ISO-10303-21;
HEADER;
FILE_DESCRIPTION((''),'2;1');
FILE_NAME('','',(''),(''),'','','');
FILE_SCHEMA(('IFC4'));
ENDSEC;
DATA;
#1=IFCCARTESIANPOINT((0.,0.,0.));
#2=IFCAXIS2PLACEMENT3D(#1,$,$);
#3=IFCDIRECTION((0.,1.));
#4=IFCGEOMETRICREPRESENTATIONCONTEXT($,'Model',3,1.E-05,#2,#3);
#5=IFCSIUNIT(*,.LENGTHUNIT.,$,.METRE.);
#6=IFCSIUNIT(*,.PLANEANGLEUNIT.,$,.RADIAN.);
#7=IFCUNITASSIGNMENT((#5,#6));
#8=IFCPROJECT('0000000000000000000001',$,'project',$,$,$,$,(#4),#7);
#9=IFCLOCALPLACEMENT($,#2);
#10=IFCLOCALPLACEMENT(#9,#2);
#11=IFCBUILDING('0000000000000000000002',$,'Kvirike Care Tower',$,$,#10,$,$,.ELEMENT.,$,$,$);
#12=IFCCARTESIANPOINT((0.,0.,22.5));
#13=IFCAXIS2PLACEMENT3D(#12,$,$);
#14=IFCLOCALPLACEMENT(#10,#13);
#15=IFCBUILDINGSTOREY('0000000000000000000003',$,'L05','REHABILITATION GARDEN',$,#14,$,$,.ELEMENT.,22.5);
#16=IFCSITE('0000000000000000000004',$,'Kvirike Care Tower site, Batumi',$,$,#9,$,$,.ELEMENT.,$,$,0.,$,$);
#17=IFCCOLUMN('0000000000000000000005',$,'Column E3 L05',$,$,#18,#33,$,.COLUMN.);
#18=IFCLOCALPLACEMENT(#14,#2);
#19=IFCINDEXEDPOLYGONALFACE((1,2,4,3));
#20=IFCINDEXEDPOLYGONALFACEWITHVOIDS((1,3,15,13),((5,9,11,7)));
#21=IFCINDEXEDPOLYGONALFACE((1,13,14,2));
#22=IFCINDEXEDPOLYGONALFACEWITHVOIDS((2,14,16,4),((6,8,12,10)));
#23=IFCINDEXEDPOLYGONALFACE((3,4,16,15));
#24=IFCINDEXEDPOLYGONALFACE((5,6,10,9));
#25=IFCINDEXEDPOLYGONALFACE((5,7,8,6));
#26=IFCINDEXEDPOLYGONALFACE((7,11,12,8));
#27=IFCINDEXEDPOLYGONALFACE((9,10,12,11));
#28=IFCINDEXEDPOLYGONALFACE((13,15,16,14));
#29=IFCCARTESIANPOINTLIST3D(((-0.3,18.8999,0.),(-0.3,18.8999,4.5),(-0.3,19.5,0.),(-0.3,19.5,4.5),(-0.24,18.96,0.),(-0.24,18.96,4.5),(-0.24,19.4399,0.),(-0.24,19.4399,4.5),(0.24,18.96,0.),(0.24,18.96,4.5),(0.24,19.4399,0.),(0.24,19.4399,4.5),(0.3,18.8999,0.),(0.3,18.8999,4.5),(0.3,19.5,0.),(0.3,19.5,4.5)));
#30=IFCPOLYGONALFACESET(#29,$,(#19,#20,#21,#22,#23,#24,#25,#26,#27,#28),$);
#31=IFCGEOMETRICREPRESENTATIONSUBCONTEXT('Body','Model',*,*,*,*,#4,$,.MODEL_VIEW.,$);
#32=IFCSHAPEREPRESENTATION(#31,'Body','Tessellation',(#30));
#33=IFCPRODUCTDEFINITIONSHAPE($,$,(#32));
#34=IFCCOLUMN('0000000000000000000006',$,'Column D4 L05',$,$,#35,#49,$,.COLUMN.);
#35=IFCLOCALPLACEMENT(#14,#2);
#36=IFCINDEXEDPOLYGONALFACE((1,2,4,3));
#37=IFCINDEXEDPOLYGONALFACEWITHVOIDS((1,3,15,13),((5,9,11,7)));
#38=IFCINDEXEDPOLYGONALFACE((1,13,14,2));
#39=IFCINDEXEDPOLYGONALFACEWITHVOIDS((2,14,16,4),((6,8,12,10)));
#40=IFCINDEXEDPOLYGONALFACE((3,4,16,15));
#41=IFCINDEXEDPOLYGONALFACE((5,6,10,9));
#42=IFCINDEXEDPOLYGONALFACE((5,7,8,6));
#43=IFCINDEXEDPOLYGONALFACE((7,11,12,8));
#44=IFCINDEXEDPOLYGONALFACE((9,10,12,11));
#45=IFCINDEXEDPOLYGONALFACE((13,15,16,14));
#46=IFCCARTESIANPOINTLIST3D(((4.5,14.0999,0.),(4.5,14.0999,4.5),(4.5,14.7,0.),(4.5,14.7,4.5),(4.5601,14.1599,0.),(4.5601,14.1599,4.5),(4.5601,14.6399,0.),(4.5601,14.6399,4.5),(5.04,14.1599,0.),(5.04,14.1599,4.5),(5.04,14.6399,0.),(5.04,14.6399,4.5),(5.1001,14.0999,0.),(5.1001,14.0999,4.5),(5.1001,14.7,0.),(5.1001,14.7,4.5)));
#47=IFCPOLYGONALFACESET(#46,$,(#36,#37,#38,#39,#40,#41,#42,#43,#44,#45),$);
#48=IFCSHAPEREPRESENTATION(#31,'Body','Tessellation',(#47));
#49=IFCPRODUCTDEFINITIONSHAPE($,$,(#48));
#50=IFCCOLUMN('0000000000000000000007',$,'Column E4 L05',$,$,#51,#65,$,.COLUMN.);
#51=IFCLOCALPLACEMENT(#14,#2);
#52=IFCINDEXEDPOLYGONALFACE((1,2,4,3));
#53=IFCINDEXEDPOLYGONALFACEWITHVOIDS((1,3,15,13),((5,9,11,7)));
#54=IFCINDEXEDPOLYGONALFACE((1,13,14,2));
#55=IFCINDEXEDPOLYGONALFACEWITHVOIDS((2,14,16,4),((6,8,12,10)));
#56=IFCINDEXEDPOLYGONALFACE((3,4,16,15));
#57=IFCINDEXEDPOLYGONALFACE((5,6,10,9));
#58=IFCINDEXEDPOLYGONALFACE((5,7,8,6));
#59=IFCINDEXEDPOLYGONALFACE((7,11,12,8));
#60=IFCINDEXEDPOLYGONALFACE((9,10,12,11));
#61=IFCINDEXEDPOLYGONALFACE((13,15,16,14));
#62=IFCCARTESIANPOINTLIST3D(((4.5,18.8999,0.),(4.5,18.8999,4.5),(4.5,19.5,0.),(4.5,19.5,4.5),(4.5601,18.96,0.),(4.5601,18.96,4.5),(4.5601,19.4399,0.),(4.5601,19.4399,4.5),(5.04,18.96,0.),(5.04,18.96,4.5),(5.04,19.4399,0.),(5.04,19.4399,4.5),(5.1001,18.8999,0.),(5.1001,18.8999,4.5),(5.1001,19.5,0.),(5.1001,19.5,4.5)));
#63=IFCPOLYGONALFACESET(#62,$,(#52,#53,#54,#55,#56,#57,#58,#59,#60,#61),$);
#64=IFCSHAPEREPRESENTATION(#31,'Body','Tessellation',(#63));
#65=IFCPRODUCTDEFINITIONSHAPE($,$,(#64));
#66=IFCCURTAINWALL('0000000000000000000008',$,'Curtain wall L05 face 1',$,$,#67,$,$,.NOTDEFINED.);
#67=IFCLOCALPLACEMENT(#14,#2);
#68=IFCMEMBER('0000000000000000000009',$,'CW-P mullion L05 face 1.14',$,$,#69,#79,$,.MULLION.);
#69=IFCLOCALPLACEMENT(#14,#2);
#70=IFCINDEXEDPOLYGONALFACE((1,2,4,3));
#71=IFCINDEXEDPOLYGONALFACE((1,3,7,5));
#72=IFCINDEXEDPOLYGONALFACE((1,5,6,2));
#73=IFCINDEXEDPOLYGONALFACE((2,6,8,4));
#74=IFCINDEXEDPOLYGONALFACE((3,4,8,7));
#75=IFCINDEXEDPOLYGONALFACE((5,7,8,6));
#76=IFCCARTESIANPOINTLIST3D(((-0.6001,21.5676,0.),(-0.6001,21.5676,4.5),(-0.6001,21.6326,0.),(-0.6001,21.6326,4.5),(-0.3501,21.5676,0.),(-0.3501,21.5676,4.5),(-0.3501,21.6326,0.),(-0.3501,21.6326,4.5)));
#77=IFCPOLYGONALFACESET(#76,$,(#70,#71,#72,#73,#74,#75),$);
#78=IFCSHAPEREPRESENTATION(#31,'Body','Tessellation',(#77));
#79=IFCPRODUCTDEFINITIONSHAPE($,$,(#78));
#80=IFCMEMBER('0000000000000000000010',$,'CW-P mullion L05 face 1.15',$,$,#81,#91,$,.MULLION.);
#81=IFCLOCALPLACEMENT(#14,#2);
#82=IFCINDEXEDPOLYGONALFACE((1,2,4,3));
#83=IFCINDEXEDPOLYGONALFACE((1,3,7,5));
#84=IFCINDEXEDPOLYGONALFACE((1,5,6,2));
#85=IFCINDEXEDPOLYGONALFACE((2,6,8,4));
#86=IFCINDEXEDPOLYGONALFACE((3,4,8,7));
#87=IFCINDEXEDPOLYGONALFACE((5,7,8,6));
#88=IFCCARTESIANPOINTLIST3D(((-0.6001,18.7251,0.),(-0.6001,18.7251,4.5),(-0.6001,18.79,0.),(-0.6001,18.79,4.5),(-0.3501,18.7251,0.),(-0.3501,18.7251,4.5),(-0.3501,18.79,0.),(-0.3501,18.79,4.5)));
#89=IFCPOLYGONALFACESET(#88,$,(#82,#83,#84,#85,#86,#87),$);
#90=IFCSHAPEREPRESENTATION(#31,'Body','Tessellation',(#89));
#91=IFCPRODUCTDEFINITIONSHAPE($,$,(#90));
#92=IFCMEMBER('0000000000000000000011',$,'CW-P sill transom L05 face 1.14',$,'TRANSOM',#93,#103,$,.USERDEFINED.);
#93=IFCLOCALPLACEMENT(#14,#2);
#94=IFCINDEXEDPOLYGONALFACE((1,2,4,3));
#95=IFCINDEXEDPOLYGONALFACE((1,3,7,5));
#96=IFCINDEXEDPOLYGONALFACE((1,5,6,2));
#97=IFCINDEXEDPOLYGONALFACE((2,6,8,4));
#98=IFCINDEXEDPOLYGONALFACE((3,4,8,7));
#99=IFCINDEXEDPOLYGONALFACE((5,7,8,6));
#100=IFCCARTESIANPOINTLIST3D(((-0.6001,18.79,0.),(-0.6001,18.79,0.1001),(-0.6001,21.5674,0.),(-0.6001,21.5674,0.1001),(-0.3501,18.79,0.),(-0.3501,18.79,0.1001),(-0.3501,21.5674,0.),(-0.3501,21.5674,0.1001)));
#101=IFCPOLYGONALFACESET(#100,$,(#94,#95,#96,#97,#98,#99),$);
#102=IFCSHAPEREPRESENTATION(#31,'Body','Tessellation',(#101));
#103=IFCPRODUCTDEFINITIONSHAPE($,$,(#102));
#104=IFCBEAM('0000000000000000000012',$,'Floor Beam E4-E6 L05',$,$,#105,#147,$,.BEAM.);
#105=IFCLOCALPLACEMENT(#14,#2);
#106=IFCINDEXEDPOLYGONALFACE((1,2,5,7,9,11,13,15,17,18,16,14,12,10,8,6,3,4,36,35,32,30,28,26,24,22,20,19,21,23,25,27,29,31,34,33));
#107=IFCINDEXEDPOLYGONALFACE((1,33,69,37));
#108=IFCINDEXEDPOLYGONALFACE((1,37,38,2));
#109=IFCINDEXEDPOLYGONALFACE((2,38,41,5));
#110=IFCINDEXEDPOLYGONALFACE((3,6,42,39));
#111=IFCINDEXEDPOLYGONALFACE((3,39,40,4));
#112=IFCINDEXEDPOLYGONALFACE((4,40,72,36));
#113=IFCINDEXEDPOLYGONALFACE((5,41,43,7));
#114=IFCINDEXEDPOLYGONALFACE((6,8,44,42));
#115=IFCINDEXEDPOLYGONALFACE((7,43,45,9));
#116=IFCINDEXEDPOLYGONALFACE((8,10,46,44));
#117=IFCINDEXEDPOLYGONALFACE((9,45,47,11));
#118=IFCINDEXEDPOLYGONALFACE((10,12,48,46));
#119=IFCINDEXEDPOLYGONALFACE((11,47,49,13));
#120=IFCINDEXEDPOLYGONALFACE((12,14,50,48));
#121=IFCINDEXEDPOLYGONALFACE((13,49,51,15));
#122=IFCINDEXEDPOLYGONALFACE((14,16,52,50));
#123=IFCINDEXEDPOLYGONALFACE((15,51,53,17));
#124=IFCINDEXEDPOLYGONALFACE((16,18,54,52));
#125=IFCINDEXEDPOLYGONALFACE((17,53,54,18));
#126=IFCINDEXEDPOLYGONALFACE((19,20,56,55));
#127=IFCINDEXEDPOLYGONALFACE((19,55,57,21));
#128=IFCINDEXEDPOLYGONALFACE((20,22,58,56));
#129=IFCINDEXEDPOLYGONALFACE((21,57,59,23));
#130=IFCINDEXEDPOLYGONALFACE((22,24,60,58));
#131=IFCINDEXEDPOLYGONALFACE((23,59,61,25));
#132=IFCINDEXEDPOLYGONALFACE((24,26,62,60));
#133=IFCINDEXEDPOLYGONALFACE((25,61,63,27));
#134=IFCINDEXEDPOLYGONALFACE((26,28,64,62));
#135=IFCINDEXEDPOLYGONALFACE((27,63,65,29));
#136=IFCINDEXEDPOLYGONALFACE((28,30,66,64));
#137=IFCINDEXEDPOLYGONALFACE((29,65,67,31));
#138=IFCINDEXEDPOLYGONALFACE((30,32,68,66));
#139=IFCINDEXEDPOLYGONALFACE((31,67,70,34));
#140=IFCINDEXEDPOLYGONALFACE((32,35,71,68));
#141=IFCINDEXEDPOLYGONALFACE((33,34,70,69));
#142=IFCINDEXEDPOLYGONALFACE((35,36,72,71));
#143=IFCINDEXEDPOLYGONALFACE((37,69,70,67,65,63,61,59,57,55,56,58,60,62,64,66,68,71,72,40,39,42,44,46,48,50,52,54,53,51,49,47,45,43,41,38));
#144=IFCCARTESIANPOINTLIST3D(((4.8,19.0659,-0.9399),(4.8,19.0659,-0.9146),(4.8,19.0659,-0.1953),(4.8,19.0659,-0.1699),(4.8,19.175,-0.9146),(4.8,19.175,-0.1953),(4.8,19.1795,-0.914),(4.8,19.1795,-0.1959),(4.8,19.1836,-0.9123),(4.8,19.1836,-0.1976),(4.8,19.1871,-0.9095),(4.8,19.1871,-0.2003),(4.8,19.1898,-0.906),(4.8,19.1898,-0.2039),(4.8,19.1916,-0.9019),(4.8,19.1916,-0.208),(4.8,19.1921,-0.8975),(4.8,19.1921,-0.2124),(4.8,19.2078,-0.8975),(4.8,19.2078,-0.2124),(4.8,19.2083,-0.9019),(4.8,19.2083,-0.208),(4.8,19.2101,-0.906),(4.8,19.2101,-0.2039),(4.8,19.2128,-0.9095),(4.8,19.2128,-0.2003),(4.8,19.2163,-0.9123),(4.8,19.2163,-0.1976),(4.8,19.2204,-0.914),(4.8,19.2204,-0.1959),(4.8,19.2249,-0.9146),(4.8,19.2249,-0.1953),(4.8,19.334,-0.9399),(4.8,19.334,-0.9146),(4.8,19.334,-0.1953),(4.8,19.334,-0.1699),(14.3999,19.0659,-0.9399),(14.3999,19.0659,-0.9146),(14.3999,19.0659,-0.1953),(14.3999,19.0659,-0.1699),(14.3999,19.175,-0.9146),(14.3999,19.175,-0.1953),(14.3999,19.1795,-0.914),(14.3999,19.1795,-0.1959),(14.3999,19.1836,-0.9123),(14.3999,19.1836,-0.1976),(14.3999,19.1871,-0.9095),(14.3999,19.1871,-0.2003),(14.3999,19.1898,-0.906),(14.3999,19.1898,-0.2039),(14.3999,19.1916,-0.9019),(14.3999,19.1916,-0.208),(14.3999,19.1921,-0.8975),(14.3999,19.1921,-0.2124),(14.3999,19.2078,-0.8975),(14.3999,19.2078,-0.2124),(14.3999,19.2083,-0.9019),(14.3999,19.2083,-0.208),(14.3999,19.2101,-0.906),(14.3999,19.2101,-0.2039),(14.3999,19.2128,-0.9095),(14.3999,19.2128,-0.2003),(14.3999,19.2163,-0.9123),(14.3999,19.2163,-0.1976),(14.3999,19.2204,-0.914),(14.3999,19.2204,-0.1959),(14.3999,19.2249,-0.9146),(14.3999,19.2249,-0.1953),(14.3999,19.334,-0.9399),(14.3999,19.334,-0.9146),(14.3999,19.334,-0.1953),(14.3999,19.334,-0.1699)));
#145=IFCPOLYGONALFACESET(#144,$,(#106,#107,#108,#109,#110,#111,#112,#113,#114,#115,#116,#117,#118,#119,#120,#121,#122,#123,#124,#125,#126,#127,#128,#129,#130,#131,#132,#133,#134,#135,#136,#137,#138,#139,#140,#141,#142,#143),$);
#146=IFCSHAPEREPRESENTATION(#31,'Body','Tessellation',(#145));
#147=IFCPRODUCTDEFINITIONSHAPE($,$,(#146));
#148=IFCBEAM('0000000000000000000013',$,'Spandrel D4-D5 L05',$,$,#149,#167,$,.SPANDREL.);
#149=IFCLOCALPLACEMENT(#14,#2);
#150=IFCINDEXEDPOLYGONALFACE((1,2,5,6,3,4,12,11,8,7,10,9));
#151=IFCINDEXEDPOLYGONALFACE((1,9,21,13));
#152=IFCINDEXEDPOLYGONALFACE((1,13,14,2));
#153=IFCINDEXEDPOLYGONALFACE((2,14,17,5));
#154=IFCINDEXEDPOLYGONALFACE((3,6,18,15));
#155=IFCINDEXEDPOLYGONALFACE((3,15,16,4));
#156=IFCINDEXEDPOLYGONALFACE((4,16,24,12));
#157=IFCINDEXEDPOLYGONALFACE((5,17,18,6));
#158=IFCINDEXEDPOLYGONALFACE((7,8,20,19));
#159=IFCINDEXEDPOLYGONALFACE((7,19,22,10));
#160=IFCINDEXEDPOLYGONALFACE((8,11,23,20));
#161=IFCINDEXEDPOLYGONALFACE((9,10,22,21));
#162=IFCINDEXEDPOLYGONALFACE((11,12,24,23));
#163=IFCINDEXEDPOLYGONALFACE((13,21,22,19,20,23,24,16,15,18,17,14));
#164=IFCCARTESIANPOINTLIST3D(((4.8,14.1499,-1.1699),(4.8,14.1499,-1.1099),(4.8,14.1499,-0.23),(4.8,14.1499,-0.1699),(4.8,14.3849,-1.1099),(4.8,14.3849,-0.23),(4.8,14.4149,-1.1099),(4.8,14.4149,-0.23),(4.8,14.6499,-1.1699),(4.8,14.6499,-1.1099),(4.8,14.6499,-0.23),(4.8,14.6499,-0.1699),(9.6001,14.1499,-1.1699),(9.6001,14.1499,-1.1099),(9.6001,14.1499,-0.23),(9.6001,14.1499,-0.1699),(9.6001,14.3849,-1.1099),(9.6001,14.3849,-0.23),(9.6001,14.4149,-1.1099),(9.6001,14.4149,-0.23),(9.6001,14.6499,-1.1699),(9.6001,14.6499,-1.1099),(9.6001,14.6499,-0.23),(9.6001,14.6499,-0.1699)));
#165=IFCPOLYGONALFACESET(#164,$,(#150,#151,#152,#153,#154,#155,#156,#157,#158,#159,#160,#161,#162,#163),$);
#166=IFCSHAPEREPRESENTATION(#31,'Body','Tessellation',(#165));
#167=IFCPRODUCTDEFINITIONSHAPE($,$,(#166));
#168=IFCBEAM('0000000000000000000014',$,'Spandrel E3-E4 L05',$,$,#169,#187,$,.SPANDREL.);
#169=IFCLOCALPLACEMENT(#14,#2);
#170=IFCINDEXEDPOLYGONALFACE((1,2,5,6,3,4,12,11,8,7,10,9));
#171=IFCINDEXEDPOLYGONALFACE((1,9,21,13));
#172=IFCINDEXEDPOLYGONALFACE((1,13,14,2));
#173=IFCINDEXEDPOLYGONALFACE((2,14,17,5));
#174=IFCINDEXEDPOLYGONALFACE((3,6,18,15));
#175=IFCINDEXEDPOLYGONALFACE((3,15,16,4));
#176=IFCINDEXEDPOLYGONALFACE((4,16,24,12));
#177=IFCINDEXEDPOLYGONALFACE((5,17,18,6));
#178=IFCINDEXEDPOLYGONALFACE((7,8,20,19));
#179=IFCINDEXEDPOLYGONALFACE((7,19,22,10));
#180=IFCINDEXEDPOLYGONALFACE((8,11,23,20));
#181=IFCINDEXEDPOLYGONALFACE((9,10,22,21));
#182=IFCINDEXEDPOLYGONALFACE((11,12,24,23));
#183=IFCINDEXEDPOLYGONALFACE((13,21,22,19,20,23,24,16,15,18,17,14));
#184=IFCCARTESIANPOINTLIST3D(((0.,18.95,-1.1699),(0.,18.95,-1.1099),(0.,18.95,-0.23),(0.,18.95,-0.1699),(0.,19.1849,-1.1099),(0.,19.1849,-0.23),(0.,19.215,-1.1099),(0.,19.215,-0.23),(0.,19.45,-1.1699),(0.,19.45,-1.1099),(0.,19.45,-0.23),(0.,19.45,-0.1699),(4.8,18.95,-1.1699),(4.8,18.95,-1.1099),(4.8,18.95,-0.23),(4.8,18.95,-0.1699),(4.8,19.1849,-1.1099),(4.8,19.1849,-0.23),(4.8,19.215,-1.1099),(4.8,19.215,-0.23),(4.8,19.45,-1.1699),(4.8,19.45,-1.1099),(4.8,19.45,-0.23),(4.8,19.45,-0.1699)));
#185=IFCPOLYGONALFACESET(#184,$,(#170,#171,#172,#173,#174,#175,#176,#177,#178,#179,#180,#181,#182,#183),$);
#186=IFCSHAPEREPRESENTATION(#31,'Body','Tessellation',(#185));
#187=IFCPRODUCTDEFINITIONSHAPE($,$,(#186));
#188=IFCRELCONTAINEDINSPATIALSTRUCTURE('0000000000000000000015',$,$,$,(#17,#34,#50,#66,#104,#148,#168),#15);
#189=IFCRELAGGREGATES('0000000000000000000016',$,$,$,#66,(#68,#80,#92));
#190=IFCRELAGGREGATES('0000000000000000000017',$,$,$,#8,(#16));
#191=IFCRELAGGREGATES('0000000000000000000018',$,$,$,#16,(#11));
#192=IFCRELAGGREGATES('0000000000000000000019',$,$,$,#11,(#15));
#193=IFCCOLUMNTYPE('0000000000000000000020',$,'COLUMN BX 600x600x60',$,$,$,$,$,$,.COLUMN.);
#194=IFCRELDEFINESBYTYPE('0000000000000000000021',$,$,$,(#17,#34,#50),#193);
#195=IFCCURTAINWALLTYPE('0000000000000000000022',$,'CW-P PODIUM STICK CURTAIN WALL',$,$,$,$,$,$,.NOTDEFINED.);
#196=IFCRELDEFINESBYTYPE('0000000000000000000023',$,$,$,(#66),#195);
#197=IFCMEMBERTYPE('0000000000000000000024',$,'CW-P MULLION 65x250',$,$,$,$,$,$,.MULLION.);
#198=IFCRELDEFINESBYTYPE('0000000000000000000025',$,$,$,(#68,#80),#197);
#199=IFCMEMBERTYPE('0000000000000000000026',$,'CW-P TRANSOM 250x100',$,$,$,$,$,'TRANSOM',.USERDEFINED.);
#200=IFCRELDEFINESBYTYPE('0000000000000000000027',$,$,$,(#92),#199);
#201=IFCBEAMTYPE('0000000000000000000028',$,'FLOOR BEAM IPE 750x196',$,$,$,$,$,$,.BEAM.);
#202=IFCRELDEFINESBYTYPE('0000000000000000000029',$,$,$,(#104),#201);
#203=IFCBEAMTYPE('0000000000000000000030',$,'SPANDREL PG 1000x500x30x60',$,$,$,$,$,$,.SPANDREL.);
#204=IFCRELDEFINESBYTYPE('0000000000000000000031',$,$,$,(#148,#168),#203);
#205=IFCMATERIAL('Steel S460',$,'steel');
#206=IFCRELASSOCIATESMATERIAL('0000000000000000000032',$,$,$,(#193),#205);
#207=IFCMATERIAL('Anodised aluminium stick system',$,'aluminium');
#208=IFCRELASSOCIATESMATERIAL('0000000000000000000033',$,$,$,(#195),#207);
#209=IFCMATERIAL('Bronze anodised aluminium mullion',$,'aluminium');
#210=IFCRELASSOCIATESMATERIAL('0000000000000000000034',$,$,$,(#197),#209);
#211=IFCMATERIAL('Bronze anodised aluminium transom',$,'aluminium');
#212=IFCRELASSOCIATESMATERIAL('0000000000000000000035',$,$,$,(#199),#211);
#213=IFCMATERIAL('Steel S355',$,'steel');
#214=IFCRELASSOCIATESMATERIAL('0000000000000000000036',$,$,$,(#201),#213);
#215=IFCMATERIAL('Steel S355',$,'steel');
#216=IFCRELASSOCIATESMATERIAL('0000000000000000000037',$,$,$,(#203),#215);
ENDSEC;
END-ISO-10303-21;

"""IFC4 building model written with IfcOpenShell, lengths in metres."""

from ifc_helpers import new_model, si_unit, direction, frame, origin, origin_2d, place, context, subcontext, project, spatial, rectangle, hollow_rectangle, i_section, extrude, material, material_profile, profile_set, type_object, element, aggregate, save


model = new_model("IFC4")

# Units and contexts
model_context = context("Model", 3, precision=1e-05, world=origin(), true_north=direction((0.0, 1.0)))
body_context = subcontext(model_context, "Body", "Model", "MODEL_VIEW")
ifc_project = project(units=[si_unit("LENGTHUNIT", "METRE"), si_unit("PLANEANGLEUNIT", "RADIAN")], contexts=[model_context])

# Site, building, storey
site_placement = place(None, origin())
site = spatial("IfcSite", under=ifc_project, at=site_placement, Name="Kvirike Care Tower site, Batumi", CompositionType="ELEMENT", RefElevation=0.0)
building_placement = place(site_placement, origin())
building = spatial("IfcBuilding", under=site, at=building_placement, Name="Kvirike Care Tower", CompositionType="ELEMENT")
storey_placement = place(building_placement, frame((0.0, 0.0, 22.5)))
storey = spatial("IfcBuildingStorey", under=building, at=storey_placement, Name="L05", Description="REHABILITATION GARDEN", CompositionType="ELEMENT", Elevation=22.5)

# Columns
ifc_material_1 = material(Name="Steel S460", Category="steel")
ifc_material_profile_1 = material_profile(ifc_material_1, hollow_rectangle(XDim=0.6001, YDim=0.6001, WallThickness=0.0601, at=origin_2d()), Name="BX 600x600x60")
ifc_profile_set_1 = profile_set([ifc_material_profile_1], Name="Steel S460")
column_type = type_object("IfcColumnType", Name="COLUMN BX 600x600x60", PredefinedType="COLUMN", material=ifc_profile_set_1)
for number, where, z_axis, x_axis, name in (
    (1, (0.0, 19.2, 0.0), (0.0, 0.0, 1.0), (0.0, 1.0, 0.0), "Column E3 L05"),
    (2, (4.8, 14.3999, 0.0), (0.0, 0.0, 1.0), (0.0, 1.0, 0.0), "Column D4 L05"),
    (3, (4.8, 19.2, 0.0), (0.0, 0.0, 1.0), (0.0, 1.0, 0.0), "Column E4 L05"),
):
    element("IfcColumn", number, at=place(storey_placement, frame(where, z_axis=z_axis, x_axis=x_axis)), inside=storey, type_object=column_type, Name=name, PredefinedType="COLUMN", context=body_context, shape_type="SweptSolid", body=[
        extrude(hollow_rectangle(XDim=0.6001, YDim=0.6001, WallThickness=0.0601, at=origin_2d()), origin(), (0.0, 0.0, 1.0), 4.5),
    ])

# Curtain wall, members
ifc_material_2 = material(Name="Anodised aluminium stick system", Category="aluminium")
curtain_wall_type = type_object("IfcCurtainWallType", Name="CW-P PODIUM STICK CURTAIN WALL", PredefinedType="NOTDEFINED", material=ifc_material_2)
curtain_wall_placement = place(storey_placement, origin())
curtain_wall = element("IfcCurtainWall", 4, at=curtain_wall_placement, inside=storey, type_object=curtain_wall_type, Name="Curtain wall L05 face 1", PredefinedType="NOTDEFINED")
ifc_material_3 = material(Name="Bronze anodised aluminium mullion", Category="aluminium")
ifc_material_profile_2 = material_profile(ifc_material_3, rectangle(XDim=0.0649, YDim=0.25, at=origin_2d()), Name="CW-P MULLION 65x250")
ifc_profile_set_2 = profile_set([ifc_material_profile_2], Name="Bronze anodised aluminium mullion")
member_type_1 = type_object("IfcMemberType", Name="CW-P MULLION 65x250", PredefinedType="MULLION", material=ifc_profile_set_2)
member_1_placement = place(storey_placement, frame((-0.4751, 21.6001, 0.0), z_axis=(0.0, 0.0, 1.0), x_axis=(0.0, -1.0, 0.0)))
member_1 = element("IfcMember", 5, at=member_1_placement, type_object=member_type_1, Name="CW-P mullion L05 face 1.14", PredefinedType="MULLION", context=body_context, shape_type="SweptSolid", body=[
    extrude(rectangle(XDim=0.0649, YDim=0.25, at=origin_2d()), origin(), (0.0, 0.0, 1.0), 4.5),
])
member_2_placement = place(storey_placement, frame((-0.4751, 18.7576, 0.0), z_axis=(0.0, 0.0, 1.0), x_axis=(0.0, -1.0, 0.0)))
member_2 = element("IfcMember", 6, at=member_2_placement, type_object=member_type_1, Name="CW-P mullion L05 face 1.15", PredefinedType="MULLION", context=body_context, shape_type="SweptSolid", body=[
    extrude(rectangle(XDim=0.0649, YDim=0.25, at=origin_2d()), origin(), (0.0, 0.0, 1.0), 4.5),
])
ifc_material_4 = material(Name="Bronze anodised aluminium transom", Category="aluminium")
ifc_material_profile_3 = material_profile(ifc_material_4, rectangle(XDim=0.25, YDim=0.1001, at=origin_2d()), Name="CW-P TRANSOM 250x100")
ifc_profile_set_3 = profile_set([ifc_material_profile_3], Name="Bronze anodised aluminium transom")
member_type_2 = type_object("IfcMemberType", Name="CW-P TRANSOM 250x100", ElementType="TRANSOM", PredefinedType="USERDEFINED", material=ifc_profile_set_3)
member_3_placement = place(storey_placement, frame((-0.4751, 21.5674, 0.05), z_axis=(0.0, -1.0, 0.0), x_axis=(1.0, 0.0, 0.0)))
member_3 = element("IfcMember", 7, at=member_3_placement, type_object=member_type_2, Name="CW-P sill transom L05 face 1.14", ObjectType="TRANSOM", PredefinedType="USERDEFINED", context=body_context, shape_type="SweptSolid", body=[
    extrude(rectangle(XDim=0.25, YDim=0.1001, at=origin_2d()), origin(), (0.0, 0.0, 1.0), 2.7773),
])

# Beams
ifc_material_5 = material(Name="Steel S355", Category="steel")
ifc_material_profile_4 = material_profile(ifc_material_5, i_section(OverallWidth=0.2681, OverallDepth=0.77, WebThickness=0.0156, FlangeThickness=0.0254, FilletRadius=0.0171, at=origin_2d()), Name="IPE 750x196")
ifc_profile_set_4 = profile_set([ifc_material_profile_4], Name="Steel S355")
beam_type_1 = type_object("IfcBeamType", Name="FLOOR BEAM IPE 750x196", PredefinedType="BEAM", material=ifc_profile_set_4)
beam_placement = place(storey_placement, frame((4.8, 19.2, -0.5549), z_axis=(1.0, 0.0, 0.0), x_axis=(0.0, 1.0, 0.0)))
element("IfcBeam", 8, at=beam_placement, inside=storey, type_object=beam_type_1, Name="Floor Beam E4-E6 L05", PredefinedType="BEAM", context=body_context, shape_type="SweptSolid", body=[
    extrude(i_section(OverallWidth=0.2681, OverallDepth=0.77, WebThickness=0.0156, FlangeThickness=0.0254, FilletRadius=0.0171, at=origin_2d()), origin(), (0.0, 0.0, 1.0), 9.5999),
])
ifc_material_6 = material(Name="Steel S355", Category="steel")
ifc_material_profile_5 = material_profile(ifc_material_6, i_section(OverallWidth=0.5, OverallDepth=1.0, WebThickness=0.03, FlangeThickness=0.0601, at=origin_2d()), Name="PG 1000x500x30x60")
ifc_profile_set_5 = profile_set([ifc_material_profile_5], Name="Steel S355")
beam_type_2 = type_object("IfcBeamType", Name="SPANDREL PG 1000x500x30x60", PredefinedType="SPANDREL", material=ifc_profile_set_5)
for number, where, z_axis, x_axis, name in (
    (9, (4.8, 14.3999, -0.6699), (1.0, 0.0, 0.0), (0.0, 1.0, 0.0), "Spandrel D4-D5 L05"),
    (10, (0.0, 19.2, -0.6699), (1.0, 0.0, 0.0), (0.0, 1.0, 0.0), "Spandrel E3-E4 L05"),
):
    element("IfcBeam", number, at=place(storey_placement, frame(where, z_axis=z_axis, x_axis=x_axis)), inside=storey, type_object=beam_type_2, Name=name, PredefinedType="SPANDREL", context=body_context, shape_type="SweptSolid", body=[
        extrude(i_section(OverallWidth=0.5, OverallDepth=1.0, WebThickness=0.03, FlangeThickness=0.0601, at=origin_2d()), origin(), (0.0, 0.0, 1.0), 4.8),
    ])

aggregate(curtain_wall, [member_1, member_2, member_3])

save(model, "model.ifc")
